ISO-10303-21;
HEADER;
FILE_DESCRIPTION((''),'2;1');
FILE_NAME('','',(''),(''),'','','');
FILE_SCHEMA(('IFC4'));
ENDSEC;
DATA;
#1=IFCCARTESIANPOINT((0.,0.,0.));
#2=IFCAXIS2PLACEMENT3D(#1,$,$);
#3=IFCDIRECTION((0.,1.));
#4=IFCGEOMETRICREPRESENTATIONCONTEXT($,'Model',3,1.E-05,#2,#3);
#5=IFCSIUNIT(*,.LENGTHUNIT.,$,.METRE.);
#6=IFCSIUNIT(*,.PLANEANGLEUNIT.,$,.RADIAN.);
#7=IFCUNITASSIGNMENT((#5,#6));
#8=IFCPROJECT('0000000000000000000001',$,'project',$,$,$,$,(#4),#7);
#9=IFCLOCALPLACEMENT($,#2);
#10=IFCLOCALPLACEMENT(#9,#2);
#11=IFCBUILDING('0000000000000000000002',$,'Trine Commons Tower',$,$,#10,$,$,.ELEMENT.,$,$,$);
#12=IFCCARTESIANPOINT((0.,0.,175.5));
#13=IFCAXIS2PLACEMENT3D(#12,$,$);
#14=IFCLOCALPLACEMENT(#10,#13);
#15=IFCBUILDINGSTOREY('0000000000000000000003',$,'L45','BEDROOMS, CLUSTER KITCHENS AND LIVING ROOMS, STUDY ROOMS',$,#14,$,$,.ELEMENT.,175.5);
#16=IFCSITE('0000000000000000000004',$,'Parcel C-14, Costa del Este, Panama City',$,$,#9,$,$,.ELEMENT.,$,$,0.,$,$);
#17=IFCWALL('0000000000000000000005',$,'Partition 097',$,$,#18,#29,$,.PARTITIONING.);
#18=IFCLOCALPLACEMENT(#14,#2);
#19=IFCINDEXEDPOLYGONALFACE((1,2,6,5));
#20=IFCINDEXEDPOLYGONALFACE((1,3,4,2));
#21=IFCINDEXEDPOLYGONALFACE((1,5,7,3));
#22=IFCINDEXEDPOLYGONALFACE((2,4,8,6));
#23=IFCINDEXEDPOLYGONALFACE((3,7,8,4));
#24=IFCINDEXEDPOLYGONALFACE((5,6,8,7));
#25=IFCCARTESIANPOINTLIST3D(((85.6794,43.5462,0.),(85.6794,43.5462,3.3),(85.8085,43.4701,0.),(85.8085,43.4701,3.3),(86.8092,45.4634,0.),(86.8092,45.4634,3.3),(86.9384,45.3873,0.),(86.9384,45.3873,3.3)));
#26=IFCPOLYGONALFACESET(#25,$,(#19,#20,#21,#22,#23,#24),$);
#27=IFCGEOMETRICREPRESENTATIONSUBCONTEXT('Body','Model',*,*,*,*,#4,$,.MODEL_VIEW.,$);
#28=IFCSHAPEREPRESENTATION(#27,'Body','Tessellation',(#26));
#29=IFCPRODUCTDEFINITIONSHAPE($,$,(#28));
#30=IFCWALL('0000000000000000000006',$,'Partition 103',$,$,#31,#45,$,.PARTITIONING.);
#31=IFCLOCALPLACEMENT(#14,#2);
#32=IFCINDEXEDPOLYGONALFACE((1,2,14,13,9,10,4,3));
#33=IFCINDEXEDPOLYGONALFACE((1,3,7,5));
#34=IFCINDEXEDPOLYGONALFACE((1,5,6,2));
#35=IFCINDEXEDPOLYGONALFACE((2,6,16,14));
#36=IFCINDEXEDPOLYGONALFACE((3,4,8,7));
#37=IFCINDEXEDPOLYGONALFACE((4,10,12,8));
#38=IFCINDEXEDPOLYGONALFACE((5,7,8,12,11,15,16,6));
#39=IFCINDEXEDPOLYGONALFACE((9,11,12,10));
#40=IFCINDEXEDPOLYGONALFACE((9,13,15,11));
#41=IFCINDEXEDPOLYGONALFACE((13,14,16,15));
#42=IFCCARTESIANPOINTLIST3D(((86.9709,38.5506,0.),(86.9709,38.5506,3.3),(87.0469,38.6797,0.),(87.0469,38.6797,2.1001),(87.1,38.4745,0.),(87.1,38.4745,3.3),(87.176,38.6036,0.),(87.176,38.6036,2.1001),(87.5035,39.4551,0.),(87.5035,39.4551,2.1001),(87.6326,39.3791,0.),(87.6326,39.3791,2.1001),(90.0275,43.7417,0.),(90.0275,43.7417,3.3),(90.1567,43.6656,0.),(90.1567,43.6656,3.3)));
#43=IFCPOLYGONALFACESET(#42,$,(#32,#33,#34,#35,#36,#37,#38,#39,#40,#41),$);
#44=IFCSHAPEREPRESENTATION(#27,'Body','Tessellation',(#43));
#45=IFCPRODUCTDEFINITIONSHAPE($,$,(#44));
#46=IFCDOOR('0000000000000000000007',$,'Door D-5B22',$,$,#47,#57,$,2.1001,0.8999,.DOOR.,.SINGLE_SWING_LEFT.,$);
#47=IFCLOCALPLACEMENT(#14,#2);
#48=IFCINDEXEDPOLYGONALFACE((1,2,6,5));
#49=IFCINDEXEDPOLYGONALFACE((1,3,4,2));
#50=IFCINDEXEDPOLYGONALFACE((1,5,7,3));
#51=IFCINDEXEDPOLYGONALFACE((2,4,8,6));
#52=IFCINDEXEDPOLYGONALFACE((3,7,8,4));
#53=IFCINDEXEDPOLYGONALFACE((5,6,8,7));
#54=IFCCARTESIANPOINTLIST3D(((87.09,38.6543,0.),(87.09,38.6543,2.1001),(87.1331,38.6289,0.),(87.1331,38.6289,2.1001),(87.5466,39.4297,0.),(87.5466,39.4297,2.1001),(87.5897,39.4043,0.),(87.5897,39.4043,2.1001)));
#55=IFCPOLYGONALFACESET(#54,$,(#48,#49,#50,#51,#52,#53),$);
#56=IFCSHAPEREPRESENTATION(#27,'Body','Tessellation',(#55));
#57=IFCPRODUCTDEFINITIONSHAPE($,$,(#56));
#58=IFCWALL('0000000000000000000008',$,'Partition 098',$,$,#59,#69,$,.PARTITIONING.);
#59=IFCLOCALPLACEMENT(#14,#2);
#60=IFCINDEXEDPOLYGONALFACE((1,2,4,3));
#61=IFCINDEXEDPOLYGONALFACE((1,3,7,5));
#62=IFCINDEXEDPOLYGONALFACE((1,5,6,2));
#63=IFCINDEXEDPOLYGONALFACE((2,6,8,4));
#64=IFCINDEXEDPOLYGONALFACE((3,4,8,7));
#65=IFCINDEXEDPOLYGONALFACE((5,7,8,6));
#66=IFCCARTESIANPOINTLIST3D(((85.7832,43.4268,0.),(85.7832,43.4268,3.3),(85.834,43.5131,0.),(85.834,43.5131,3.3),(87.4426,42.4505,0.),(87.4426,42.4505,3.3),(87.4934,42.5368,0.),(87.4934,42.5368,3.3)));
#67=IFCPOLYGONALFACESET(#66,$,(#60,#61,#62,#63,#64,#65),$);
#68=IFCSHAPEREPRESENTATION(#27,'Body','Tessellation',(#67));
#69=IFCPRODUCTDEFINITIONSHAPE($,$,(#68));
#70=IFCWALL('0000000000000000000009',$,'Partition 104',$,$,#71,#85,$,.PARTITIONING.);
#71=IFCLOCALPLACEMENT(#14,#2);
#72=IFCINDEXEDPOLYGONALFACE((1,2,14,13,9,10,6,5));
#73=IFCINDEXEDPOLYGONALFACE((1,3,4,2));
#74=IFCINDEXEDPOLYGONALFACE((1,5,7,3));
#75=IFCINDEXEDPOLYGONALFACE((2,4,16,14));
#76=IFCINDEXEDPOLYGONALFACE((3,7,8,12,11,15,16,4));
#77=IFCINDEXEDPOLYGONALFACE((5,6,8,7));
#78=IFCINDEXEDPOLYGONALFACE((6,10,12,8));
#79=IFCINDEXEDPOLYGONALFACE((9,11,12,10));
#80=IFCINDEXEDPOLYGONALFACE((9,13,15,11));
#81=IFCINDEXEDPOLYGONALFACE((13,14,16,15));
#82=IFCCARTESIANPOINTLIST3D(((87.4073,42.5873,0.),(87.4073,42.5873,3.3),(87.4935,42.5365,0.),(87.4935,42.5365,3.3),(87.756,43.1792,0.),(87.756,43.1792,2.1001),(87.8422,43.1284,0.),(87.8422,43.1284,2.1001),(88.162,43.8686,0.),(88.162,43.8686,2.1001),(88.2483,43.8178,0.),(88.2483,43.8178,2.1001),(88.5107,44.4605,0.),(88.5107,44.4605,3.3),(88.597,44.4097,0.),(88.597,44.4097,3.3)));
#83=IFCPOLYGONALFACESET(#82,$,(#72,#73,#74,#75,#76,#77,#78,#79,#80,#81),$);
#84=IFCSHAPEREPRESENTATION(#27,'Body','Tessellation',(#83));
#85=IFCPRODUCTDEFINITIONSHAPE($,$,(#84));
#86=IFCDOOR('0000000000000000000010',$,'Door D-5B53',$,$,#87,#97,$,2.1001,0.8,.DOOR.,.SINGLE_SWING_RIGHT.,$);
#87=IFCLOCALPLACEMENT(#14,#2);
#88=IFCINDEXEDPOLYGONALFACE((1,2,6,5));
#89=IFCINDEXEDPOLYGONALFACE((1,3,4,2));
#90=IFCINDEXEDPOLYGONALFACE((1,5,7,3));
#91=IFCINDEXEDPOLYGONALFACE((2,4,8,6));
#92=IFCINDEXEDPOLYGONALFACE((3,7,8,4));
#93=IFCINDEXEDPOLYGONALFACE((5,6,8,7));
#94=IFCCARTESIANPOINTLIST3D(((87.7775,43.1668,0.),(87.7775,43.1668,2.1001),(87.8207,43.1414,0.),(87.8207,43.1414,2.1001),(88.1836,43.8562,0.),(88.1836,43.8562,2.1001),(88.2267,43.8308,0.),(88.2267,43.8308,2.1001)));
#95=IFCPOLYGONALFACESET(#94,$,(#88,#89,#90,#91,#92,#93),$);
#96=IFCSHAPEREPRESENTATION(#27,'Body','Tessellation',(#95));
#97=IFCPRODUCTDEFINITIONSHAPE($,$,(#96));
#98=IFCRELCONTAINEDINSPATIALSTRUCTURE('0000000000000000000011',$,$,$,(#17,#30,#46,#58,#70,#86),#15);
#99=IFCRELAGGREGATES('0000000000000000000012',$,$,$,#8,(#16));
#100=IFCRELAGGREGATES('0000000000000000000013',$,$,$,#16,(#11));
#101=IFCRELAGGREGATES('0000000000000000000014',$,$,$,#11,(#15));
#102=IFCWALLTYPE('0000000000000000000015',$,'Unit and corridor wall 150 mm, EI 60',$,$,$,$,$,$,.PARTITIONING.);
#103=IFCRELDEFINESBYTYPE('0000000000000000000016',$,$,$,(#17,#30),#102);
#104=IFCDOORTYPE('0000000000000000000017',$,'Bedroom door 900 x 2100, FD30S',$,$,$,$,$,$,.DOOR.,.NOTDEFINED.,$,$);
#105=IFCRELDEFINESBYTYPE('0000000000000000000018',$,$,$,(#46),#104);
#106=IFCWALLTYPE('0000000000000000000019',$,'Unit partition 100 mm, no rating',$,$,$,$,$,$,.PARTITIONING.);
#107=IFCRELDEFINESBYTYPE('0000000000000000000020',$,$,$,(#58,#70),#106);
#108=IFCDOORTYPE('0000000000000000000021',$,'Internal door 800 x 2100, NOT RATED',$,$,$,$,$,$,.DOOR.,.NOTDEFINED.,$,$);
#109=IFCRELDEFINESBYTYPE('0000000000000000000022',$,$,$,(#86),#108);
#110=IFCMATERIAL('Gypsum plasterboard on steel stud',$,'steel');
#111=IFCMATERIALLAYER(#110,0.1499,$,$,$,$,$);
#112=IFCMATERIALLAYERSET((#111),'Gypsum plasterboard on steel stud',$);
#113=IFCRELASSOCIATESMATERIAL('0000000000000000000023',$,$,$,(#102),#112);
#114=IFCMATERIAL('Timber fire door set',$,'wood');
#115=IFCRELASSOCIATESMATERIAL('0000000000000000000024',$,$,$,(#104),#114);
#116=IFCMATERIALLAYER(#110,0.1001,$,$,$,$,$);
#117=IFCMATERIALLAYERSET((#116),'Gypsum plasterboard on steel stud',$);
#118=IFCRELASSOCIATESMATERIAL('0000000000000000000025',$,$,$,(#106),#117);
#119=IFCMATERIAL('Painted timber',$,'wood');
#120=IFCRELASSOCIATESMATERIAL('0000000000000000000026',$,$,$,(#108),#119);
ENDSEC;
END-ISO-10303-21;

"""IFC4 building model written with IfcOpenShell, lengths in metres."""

from ifc_helpers import new_model, si_unit, direction, frame, frame_2d, origin, place, context, subcontext, project, spatial, rectangle, extrude, material, layer, layer_set, type_object, element, fill, save


model = new_model("IFC4")

# Units and contexts
model_context = context("Model", 3, precision=1e-05, world=origin(), true_north=direction((0.0, 1.0)))
body_context = subcontext(model_context, "Body", "Model", "MODEL_VIEW")
ifc_project = project(units=[si_unit("LENGTHUNIT", "METRE"), si_unit("PLANEANGLEUNIT", "RADIAN")], contexts=[model_context])

# Site, building, storey
site_placement = place(None, origin())
site = spatial("IfcSite", under=ifc_project, at=site_placement, Name="Parcel C-14, Costa del Este, Panama City", CompositionType="ELEMENT", RefElevation=0.0)
building_placement = place(site_placement, origin())
building = spatial("IfcBuilding", under=site, at=building_placement, Name="Trine Commons Tower", CompositionType="ELEMENT")
storey_placement = place(building_placement, frame((0.0, 0.0, 175.5)))
storey = spatial("IfcBuildingStorey", under=building, at=storey_placement, Name="L45", Description="BEDROOMS, CLUSTER KITCHENS AND LIVING ROOMS, STUDY ROOMS", CompositionType="ELEMENT", Elevation=175.5)

# Wall
ifc_material_1 = material(Name="Gypsum plasterboard on steel stud", Category="steel")
ifc_layer_1 = layer(ifc_material_1, 0.1499)
ifc_layer_set_1 = layer_set([ifc_layer_1], Name="Gypsum plasterboard on steel stud")
wall_type_1 = type_object("IfcWallType", Name="Unit and corridor wall 150 mm, EI 60", PredefinedType="PARTITIONING", material=ifc_layer_set_1)
wall_1_placement = place(storey_placement, frame((85.7439, 43.5081, 0.0), z_axis=(0.0, 0.0, 1.0), x_axis=(0.50772, 0.861522, 0.0)))
element("IfcWall", 1, at=wall_1_placement, inside=storey, type_object=wall_type_1, Name="Partition 097", PredefinedType="PARTITIONING", context=body_context, shape_type="SweptSolid", body=[
    extrude(rectangle(XDim=2.2253, YDim=0.1499, at=frame_2d((1.1128, 0.0))), origin(), (0.0, 0.0, 1.0), 3.3),
])

# Wall, opening, door
wall_2_placement = place(storey_placement, frame((87.0354, 38.5125, 0.0), z_axis=(0.0, 0.0, 1.0), x_axis=(0.507392, 0.861715, 0.0)))
wall_2 = element("IfcWall", 2, at=wall_2_placement, inside=storey, type_object=wall_type_1, Name="Partition 103", PredefinedType="PARTITIONING", context=body_context, shape_type="SweptSolid", body=[
    extrude(rectangle(XDim=6.0242, YDim=0.1499, at=frame_2d((3.0122, 0.0))), origin(), (0.0, 0.0, 1.0), 3.3),
])
opening_1_placement = place(wall_2_placement, frame((0.1499, 0.0, 0.0)))
opening_1 = element("IfcOpeningElement", 3, at=opening_1_placement, cuts=wall_2, PredefinedType="OPENING", context=body_context, shape_type="SweptSolid", body=[
    extrude(rectangle(XDim=0.8999, YDim=2.1001, at=frame_2d((0.45, 1.05))), frame((0.0, 0.085, 0.0), z_axis=(0.0, -1.0, 0.0), x_axis=(1.0, 0.0, 0.0)), (0.0, 0.0, 1.0), 0.1699),
])
ifc_material_2 = material(Name="Timber fire door set", Category="wood")
door_type_1 = type_object("IfcDoorType", Name="Bedroom door 900 x 2100, FD30S", OperationType="NOTDEFINED", PredefinedType="DOOR", material=ifc_material_2)
door_1_placement = place(opening_1_placement, origin())
door_1 = element("IfcDoor", 4, at=door_1_placement, inside=storey, type_object=door_type_1, Name="Door D-5B22", OperationType="SINGLE_SWING_LEFT", OverallHeight=2.1001, OverallWidth=0.8999, PredefinedType="DOOR", context=body_context, shape_type="SweptSolid", body=[
    extrude(rectangle(XDim=0.8999, YDim=2.1001, at=frame_2d((0.45, 1.05))), frame((0.0, 0.0249, 0.0), z_axis=(0.0, -1.0, 0.0), x_axis=(1.0, 0.0, 0.0)), (0.0, 0.0, 1.0), 0.05),
])
fill(opening_1, door_1)

# Wall
ifc_layer_2 = layer(ifc_material_1, 0.1001)
ifc_layer_set_2 = layer_set([ifc_layer_2], Name="Gypsum plasterboard on steel stud")
wall_type_2 = type_object("IfcWallType", Name="Unit partition 100 mm, no rating", PredefinedType="PARTITIONING", material=ifc_layer_set_2)
wall_3_placement = place(storey_placement, frame((85.8086, 43.47, 0.0), z_axis=(0.0, 0.0, 1.0), x_axis=(0.861892, -0.507092, 0.0)))
element("IfcWall", 5, at=wall_3_placement, inside=storey, type_object=wall_type_2, Name="Partition 098", PredefinedType="PARTITIONING", context=body_context, shape_type="SweptSolid", body=[
    extrude(rectangle(XDim=1.9253, YDim=0.1001, at=frame_2d((0.9626, 0.0))), origin(), (0.0, 0.0, 1.0), 3.3),
])

# Wall, opening, door
wall_4_placement = place(storey_placement, frame((87.4504, 42.562, 0.0), z_axis=(0.0, 0.0, 1.0), x_axis=(0.50756, 0.861617, 0.0)))
wall_4 = element("IfcWall", 6, at=wall_4_placement, inside=storey, type_object=wall_type_2, Name="Partition 104", PredefinedType="PARTITIONING", context=body_context, shape_type="SweptSolid", body=[
    extrude(rectangle(XDim=2.1741, YDim=0.1001, at=frame_2d((1.0869, 0.0))), origin(), (0.0, 0.0, 1.0), 3.3),
])
opening_2_placement = place(wall_4_placement, frame((0.687, 0.0, 0.0)))
opening_2 = element("IfcOpeningElement", 7, at=opening_2_placement, cuts=wall_4, PredefinedType="OPENING", context=body_context, shape_type="SweptSolid", body=[
    extrude(rectangle(XDim=0.8, YDim=2.1001, at=frame_2d((0.3999, 1.05))), frame((0.0, 0.0601, 0.0), z_axis=(0.0, -1.0, 0.0), x_axis=(1.0, 0.0, 0.0)), (0.0, 0.0, 1.0), 0.1201),
])
ifc_material_3 = material(Name="Painted timber", Category="wood")
door_type_2 = type_object("IfcDoorType", Name="Internal door 800 x 2100, NOT RATED", OperationType="NOTDEFINED", PredefinedType="DOOR", material=ifc_material_3)
door_2_placement = place(opening_2_placement, frame((0.8, 0.0, 0.0), z_axis=(0.0, 0.0, 1.0), x_axis=(-1.0, 0.0, 0.0)))
door_2 = element("IfcDoor", 8, at=door_2_placement, inside=storey, type_object=door_type_2, Name="Door D-5B53", OperationType="SINGLE_SWING_RIGHT", OverallHeight=2.1001, OverallWidth=0.8, PredefinedType="DOOR", context=body_context, shape_type="SweptSolid", body=[
    extrude(rectangle(XDim=0.8, YDim=2.1001, at=frame_2d((0.3999, 1.05))), frame((0.0, 0.0249, 0.0), z_axis=(0.0, -1.0, 0.0), x_axis=(1.0, 0.0, 0.0)), (0.0, 0.0, 1.0), 0.05),
])
fill(opening_2, door_2)

save(model, "model.ifc")
